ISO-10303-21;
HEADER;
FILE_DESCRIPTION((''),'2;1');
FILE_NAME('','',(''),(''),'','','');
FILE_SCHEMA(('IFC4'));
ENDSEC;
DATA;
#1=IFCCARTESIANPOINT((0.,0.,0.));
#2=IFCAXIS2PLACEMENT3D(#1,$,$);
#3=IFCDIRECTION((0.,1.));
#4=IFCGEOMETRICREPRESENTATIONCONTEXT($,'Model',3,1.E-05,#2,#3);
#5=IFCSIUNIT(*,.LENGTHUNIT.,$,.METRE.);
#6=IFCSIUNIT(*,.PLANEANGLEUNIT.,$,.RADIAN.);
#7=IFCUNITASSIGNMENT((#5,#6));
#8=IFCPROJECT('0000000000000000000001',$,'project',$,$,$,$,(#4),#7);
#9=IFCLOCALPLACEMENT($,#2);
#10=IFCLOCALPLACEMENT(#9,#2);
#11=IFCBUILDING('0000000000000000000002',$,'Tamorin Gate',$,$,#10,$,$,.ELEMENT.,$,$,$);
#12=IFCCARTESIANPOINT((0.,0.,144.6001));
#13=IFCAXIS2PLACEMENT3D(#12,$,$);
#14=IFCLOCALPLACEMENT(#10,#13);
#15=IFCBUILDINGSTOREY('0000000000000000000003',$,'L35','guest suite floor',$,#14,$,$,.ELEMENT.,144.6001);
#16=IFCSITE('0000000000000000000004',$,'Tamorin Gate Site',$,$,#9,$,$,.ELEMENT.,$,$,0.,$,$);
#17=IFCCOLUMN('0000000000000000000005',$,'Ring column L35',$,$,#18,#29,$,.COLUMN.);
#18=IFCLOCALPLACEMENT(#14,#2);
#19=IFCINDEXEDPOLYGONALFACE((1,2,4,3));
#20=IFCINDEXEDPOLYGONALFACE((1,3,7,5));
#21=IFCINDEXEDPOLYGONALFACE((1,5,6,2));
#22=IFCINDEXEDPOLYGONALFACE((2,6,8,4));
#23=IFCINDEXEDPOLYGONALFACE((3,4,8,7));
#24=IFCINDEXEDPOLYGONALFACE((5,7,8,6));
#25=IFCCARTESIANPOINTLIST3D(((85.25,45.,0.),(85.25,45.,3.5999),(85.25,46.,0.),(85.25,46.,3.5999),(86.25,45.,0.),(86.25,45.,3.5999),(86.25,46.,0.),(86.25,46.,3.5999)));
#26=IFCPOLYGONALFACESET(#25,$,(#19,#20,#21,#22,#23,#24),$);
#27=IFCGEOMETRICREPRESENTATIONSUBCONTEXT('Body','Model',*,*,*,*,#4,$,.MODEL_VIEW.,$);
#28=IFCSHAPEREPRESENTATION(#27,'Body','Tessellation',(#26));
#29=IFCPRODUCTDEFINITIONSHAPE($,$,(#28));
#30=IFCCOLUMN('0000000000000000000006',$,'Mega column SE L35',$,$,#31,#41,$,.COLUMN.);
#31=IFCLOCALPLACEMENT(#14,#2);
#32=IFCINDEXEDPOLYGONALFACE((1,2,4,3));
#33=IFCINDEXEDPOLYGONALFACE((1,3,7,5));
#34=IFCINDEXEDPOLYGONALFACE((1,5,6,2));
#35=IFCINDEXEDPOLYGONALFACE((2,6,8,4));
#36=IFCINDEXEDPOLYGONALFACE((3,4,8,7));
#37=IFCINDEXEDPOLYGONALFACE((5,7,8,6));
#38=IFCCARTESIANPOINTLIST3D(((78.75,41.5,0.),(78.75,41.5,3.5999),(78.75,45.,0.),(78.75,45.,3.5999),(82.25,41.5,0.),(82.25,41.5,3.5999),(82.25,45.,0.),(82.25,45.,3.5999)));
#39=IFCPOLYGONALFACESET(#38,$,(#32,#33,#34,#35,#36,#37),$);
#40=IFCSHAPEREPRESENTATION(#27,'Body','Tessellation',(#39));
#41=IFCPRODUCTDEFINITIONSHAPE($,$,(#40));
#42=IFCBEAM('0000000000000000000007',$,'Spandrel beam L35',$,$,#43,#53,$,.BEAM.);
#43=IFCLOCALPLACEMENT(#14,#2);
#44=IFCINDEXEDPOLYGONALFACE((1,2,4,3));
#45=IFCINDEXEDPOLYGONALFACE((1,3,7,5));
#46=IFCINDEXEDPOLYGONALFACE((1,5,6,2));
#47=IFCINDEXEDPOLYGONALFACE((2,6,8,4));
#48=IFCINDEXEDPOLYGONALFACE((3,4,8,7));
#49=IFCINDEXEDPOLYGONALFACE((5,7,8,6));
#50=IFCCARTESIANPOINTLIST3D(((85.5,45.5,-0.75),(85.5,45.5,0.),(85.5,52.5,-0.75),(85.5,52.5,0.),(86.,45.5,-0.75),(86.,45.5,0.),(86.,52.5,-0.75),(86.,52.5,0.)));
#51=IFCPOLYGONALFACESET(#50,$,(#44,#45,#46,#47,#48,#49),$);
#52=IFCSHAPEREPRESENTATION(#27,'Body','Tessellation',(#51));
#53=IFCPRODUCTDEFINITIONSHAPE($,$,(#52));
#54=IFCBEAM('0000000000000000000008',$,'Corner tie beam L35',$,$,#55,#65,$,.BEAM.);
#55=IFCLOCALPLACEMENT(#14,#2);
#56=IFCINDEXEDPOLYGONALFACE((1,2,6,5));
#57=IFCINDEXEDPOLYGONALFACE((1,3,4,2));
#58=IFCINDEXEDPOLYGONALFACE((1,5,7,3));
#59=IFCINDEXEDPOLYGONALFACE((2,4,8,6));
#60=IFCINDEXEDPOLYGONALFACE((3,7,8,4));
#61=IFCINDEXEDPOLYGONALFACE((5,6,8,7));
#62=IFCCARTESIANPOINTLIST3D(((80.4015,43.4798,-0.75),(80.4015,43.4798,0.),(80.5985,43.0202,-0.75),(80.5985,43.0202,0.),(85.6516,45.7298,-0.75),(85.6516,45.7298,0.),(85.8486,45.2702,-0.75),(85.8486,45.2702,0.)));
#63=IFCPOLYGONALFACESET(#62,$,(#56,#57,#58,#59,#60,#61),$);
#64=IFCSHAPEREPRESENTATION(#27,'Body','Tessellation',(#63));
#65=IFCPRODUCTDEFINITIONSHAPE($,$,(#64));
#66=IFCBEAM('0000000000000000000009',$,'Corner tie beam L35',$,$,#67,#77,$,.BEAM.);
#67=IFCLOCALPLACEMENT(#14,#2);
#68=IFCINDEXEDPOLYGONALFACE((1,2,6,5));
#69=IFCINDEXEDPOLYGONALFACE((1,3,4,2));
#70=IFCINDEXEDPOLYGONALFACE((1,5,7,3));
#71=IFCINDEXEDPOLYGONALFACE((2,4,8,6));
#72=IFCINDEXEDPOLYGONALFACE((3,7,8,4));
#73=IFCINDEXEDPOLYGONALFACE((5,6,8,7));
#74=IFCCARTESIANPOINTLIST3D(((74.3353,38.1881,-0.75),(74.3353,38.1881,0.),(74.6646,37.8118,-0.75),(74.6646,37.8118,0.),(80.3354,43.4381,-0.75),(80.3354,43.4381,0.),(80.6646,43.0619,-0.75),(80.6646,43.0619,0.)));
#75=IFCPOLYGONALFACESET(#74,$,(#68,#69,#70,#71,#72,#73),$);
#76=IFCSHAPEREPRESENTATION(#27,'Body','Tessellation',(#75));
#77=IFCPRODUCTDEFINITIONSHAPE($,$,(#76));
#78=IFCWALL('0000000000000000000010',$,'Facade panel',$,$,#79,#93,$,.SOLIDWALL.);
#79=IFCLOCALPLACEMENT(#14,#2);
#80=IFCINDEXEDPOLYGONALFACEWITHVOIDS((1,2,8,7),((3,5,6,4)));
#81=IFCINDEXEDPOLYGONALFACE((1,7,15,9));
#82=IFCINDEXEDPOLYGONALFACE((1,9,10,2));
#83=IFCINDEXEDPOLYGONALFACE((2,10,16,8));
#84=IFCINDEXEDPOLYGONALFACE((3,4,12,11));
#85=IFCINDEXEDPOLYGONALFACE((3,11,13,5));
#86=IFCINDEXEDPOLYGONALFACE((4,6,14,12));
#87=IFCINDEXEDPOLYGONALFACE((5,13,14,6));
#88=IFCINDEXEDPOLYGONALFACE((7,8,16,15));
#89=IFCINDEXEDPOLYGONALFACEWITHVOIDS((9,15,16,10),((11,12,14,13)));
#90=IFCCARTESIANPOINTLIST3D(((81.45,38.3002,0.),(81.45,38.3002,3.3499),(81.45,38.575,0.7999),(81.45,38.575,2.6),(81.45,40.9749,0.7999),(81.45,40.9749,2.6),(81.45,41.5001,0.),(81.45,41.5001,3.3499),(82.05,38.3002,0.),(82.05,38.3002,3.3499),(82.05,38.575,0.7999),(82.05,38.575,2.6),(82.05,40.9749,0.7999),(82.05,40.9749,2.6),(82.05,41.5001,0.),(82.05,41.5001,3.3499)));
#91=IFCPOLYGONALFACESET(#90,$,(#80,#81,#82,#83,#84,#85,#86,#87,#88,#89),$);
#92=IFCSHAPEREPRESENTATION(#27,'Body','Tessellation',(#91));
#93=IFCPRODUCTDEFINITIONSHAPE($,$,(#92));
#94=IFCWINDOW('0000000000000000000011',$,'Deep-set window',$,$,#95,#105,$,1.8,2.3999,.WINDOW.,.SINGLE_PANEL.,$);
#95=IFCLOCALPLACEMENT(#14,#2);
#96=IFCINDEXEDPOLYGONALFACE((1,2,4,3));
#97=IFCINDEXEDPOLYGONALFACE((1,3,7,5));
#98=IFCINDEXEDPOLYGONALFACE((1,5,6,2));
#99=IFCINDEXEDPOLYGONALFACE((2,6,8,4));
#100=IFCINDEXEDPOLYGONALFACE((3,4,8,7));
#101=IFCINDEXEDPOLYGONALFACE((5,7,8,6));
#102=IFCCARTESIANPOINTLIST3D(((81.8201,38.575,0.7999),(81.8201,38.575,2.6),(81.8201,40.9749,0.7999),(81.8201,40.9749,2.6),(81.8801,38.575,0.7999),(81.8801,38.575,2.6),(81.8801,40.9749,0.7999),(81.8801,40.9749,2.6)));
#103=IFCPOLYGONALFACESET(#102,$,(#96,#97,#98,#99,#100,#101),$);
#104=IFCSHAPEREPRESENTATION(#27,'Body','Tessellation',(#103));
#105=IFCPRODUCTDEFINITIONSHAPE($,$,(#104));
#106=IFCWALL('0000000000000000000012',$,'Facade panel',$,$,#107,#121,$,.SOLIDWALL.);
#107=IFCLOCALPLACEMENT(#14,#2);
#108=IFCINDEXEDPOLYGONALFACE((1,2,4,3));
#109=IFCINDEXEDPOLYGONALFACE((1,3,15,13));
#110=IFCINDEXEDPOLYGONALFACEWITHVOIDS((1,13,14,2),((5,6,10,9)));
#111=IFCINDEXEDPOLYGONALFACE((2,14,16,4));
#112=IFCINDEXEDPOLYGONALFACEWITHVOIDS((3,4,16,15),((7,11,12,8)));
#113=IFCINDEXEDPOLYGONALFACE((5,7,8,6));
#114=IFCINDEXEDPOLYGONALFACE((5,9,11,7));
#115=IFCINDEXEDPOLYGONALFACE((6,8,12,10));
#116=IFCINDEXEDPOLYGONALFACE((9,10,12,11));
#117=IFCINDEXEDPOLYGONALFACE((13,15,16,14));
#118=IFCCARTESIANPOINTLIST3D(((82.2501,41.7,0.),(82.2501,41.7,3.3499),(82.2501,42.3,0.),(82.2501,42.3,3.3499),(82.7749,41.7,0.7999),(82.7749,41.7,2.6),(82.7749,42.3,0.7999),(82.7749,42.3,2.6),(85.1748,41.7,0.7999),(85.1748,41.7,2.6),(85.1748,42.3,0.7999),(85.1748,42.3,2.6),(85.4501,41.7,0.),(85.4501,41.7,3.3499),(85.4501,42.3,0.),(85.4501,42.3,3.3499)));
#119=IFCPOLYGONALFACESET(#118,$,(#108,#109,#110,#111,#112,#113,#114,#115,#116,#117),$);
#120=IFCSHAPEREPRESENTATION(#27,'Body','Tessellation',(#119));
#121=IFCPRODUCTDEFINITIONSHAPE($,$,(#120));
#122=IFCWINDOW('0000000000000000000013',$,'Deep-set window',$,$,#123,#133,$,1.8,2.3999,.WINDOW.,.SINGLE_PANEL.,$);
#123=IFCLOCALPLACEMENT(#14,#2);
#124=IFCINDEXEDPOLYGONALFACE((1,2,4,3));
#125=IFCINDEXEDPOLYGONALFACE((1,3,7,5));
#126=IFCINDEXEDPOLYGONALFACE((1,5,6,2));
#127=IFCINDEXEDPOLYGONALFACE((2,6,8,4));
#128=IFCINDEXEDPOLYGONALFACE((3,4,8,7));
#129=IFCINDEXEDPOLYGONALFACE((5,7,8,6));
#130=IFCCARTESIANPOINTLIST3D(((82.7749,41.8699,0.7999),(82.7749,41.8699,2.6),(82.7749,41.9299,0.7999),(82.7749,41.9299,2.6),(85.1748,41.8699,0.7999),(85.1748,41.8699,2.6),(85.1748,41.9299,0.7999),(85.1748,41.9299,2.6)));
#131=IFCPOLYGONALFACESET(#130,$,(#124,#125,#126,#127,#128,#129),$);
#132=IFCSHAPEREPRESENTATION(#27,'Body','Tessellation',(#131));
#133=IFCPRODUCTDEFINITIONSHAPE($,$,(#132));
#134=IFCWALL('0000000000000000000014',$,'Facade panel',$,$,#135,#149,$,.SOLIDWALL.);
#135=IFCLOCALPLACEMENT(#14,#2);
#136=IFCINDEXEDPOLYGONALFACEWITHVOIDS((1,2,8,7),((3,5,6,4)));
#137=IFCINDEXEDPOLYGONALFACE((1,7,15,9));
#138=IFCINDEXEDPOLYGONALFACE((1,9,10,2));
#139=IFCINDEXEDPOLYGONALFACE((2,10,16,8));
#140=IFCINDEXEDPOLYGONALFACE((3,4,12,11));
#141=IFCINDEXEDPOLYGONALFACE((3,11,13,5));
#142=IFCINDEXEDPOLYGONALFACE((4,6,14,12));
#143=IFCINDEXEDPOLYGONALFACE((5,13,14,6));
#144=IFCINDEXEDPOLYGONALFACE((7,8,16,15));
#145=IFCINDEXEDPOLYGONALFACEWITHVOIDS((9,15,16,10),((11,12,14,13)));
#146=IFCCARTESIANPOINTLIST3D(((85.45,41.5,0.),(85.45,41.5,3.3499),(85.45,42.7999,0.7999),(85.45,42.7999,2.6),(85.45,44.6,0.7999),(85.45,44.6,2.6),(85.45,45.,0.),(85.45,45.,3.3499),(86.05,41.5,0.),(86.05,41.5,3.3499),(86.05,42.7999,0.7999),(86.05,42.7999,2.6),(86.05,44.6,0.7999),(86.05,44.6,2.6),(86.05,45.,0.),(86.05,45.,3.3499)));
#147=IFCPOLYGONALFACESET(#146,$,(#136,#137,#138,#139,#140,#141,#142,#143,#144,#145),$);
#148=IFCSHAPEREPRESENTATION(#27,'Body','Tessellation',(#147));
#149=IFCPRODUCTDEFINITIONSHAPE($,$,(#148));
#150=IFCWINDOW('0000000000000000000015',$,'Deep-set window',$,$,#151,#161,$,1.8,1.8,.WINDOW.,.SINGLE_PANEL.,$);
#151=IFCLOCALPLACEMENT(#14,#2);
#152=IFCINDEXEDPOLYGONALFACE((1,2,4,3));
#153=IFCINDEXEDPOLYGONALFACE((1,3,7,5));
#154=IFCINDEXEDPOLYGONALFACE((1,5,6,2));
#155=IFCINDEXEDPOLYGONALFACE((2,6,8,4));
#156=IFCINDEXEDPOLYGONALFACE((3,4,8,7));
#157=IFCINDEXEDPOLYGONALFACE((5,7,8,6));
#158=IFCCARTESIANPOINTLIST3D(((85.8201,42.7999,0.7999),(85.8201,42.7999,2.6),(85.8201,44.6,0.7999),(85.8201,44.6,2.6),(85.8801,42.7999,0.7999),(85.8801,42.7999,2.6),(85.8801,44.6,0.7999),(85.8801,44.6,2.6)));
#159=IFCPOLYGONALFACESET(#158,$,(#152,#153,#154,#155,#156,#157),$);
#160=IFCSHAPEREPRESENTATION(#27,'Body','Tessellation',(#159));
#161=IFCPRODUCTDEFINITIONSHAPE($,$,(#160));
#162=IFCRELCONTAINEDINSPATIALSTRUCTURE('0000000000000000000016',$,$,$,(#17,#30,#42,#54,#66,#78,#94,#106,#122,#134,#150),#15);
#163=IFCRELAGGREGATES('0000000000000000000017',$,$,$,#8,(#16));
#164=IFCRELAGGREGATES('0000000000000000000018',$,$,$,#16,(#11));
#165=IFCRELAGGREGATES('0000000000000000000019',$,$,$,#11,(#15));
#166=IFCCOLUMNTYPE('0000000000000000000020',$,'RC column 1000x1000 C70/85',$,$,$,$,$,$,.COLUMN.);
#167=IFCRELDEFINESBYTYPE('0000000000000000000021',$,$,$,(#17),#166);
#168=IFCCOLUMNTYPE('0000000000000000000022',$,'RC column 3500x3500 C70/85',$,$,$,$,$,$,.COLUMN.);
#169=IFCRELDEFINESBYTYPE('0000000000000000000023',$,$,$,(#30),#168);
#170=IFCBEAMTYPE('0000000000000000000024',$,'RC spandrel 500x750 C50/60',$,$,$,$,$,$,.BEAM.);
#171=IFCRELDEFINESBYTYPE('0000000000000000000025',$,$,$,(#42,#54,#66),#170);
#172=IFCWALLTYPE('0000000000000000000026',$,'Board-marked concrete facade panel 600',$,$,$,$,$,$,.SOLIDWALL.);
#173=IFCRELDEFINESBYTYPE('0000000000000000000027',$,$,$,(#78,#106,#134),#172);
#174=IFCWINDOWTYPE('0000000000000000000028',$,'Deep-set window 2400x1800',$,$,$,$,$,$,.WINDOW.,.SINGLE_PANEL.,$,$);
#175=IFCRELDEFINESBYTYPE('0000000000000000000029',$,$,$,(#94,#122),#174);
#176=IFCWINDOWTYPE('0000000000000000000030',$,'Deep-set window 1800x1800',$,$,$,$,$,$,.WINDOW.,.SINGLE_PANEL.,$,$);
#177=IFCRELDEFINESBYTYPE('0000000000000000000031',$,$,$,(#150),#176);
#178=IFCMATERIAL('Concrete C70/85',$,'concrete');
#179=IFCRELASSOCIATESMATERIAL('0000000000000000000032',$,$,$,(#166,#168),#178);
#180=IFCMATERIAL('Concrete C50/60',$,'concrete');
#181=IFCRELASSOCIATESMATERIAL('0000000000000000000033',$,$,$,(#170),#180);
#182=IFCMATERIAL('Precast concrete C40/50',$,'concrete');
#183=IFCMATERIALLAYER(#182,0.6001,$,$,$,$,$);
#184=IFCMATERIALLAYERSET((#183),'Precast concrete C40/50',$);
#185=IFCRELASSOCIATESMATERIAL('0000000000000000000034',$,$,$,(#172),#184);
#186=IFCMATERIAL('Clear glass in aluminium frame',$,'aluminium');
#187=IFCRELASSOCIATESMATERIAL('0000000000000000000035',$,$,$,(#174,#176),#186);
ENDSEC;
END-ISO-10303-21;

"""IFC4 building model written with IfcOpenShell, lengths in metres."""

from ifc_helpers import new_model, si_unit, direction, frame, frame_2d, origin, origin_2d, place, context, subcontext, project, spatial, rectangle, extrude, material, layer, layer_set, material_profile, profile_set, type_object, element, fill, save


model = new_model("IFC4")

# Units and contexts
model_context = context("Model", 3, precision=1e-05, world=origin(), true_north=direction((0.0, 1.0)))
body_context = subcontext(model_context, "Body", "Model", "MODEL_VIEW")
ifc_project = project(units=[si_unit("LENGTHUNIT", "METRE"), si_unit("PLANEANGLEUNIT", "RADIAN")], contexts=[model_context])

# Site, building, storey
site_placement = place(None, origin())
site = spatial("IfcSite", under=ifc_project, at=site_placement, Name="Tamorin Gate Site", CompositionType="ELEMENT", RefElevation=0.0)
building_placement = place(site_placement, origin())
building = spatial("IfcBuilding", under=site, at=building_placement, Name="Tamorin Gate", CompositionType="ELEMENT")
storey_placement = place(building_placement, frame((0.0, 0.0, 144.6001)))
storey = spatial("IfcBuildingStorey", under=building, at=storey_placement, Name="L35", Description="guest suite floor", CompositionType="ELEMENT", Elevation=144.6001)

# Columns
ifc_material_1 = material(Name="Concrete C70/85", Category="concrete")
ifc_material_profile_1 = material_profile(ifc_material_1, rectangle(XDim=1.0, YDim=1.0, at=origin_2d()), Name="RC 1000x1000")
ifc_profile_set_1 = profile_set([ifc_material_profile_1], Name="Concrete C70/85")
column_type_1 = type_object("IfcColumnType", Name="RC column 1000x1000 C70/85", PredefinedType="COLUMN", material=ifc_profile_set_1)
column_1_placement = place(storey_placement, frame((85.75, 45.5, 0.0), z_axis=(0.0, 0.0, 1.0), x_axis=(1.0, 0.0, 0.0)))
element("IfcColumn", 1, at=column_1_placement, inside=storey, type_object=column_type_1, Name="Ring column L35", PredefinedType="COLUMN", context=body_context, shape_type="SweptSolid", body=[
    extrude(rectangle(XDim=1.0, YDim=1.0, at=origin_2d()), origin(), (0.0, 0.0, 1.0), 3.5999),
])
ifc_material_profile_2 = material_profile(ifc_material_1, rectangle(XDim=3.5, YDim=3.5, at=origin_2d()), Name="RC 3500x3500")
ifc_profile_set_2 = profile_set([ifc_material_profile_2], Name="Concrete C70/85")
column_type_2 = type_object("IfcColumnType", Name="RC column 3500x3500 C70/85", PredefinedType="COLUMN", material=ifc_profile_set_2)
column_2_placement = place(storey_placement, frame((80.5, 43.25, 0.0), z_axis=(0.0, 0.0, 1.0), x_axis=(1.0, 0.0, 0.0)))
element("IfcColumn", 2, at=column_2_placement, inside=storey, type_object=column_type_2, Name="Mega column SE L35", PredefinedType="COLUMN", context=body_context, shape_type="SweptSolid", body=[
    extrude(rectangle(XDim=3.5, YDim=3.5, at=origin_2d()), origin(), (0.0, 0.0, 1.0), 3.5999),
])

# Beams
ifc_material_2 = material(Name="Concrete C50/60", Category="concrete")
ifc_material_profile_3 = material_profile(ifc_material_2, rectangle(XDim=0.5, YDim=0.75, at=origin_2d()), Name="RC 500x750")
ifc_profile_set_3 = profile_set([ifc_material_profile_3], Name="Concrete C50/60")
beam_type = type_object("IfcBeamType", Name="RC spandrel 500x750 C50/60", PredefinedType="BEAM", material=ifc_profile_set_3)
beam_1_placement = place(storey_placement, frame((85.75, 45.5, -0.375), z_axis=(0.0, 1.0, 0.0), x_axis=(-1.0, 0.0, 0.0)))
element("IfcBeam", 3, at=beam_1_placement, inside=storey, type_object=beam_type, Name="Spandrel beam L35", PredefinedType="BEAM", context=body_context, shape_type="SweptSolid", body=[
    extrude(rectangle(XDim=0.5, YDim=0.75, at=origin_2d()), origin(), (0.0, 0.0, 1.0), 7.0),
])
beam_2_placement = place(storey_placement, frame((80.5, 43.25, -0.375), z_axis=(0.919145, 0.393919, 0.0), x_axis=(-0.393919, 0.919145, 0.0)))
element("IfcBeam", 4, at=beam_2_placement, inside=storey, type_object=beam_type, Name="Corner tie beam L35", PredefinedType="BEAM", context=body_context, shape_type="SweptSolid", body=[
    extrude(rectangle(XDim=0.5, YDim=0.75, at=origin_2d()), origin(), (0.0, 0.0, 1.0), 5.7119),
])
beam_3_placement = place(storey_placement, frame((80.5, 43.25, -0.375), z_axis=(-0.752577, -0.658505, 0.0), x_axis=(0.658505, -0.752577, 0.0)))
element("IfcBeam", 5, at=beam_3_placement, inside=storey, type_object=beam_type, Name="Corner tie beam L35", PredefinedType="BEAM", context=body_context, shape_type="SweptSolid", body=[
    extrude(rectangle(XDim=0.5, YDim=0.75, at=origin_2d()), origin(), (0.0, 0.0, 1.0), 7.9727),
])

# Walls, openings, windows
ifc_material_3 = material(Name="Precast concrete C40/50", Category="concrete")
ifc_layer_1 = layer(ifc_material_3, 0.6001)
ifc_layer_set_1 = layer_set([ifc_layer_1], Name="Precast concrete C40/50")
wall_type_1 = type_object("IfcWallType", Name="Board-marked concrete facade panel 600", PredefinedType="SOLIDWALL", material=ifc_layer_set_1)
wall_1_placement = place(storey_placement, frame((81.75, 38.3, 0.0), z_axis=(0.0, 0.0, 1.0), x_axis=(0.0, 1.0, 0.0)))
wall_1 = element("IfcWall", 6, at=wall_1_placement, inside=storey, type_object=wall_type_1, Name="Facade panel", PredefinedType="SOLIDWALL", context=body_context, shape_type="SweptSolid", body=[
    extrude(rectangle(XDim=3.2, YDim=0.6001, at=frame_2d((1.6001, 0.0))), origin(), (0.0, 0.0, 1.0), 3.3499),
])
opening_1_placement = place(wall_1_placement, frame((0.2749, 0.0, 0.8)))
opening_1 = element("IfcOpeningElement", 7, at=opening_1_placement, cuts=wall_1, PredefinedType="OPENING", context=body_context, shape_type="SweptSolid", body=[
    extrude(rectangle(XDim=2.3999, YDim=1.8, at=frame_2d((1.2, 0.8999))), frame((0.0, 0.3101, 0.0), z_axis=(0.0, -1.0, 0.0), x_axis=(1.0, 0.0, 0.0)), (0.0, 0.0, 1.0), 0.6201),
])
ifc_material_4 = material(Name="Clear glass in aluminium frame", Category="aluminium")
window_type_1 = type_object("IfcWindowType", Name="Deep-set window 2400x1800", PartitioningType="SINGLE_PANEL", PredefinedType="WINDOW", material=ifc_material_4)
window_1_placement = place(opening_1_placement, origin())
window_1 = element("IfcWindow", 8, at=window_1_placement, inside=storey, type_object=window_type_1, Name="Deep-set window", OverallHeight=1.8, OverallWidth=2.3999, PartitioningType="SINGLE_PANEL", PredefinedType="WINDOW", context=body_context, shape_type="SweptSolid", body=[
    extrude(rectangle(XDim=2.3999, YDim=1.8, at=frame_2d((1.2, 0.8999))), frame((0.0, -0.0701, 0.0), z_axis=(0.0, -1.0, 0.0), x_axis=(1.0, 0.0, 0.0)), (0.0, 0.0, 1.0), 0.0601),
])
fill(opening_1, window_1)
wall_2_placement = place(storey_placement, frame((82.25, 42.0, 0.0), z_axis=(0.0, 0.0, 1.0), x_axis=(1.0, 0.0, 0.0)))
wall_2 = element("IfcWall", 9, at=wall_2_placement, inside=storey, type_object=wall_type_1, Name="Facade panel", PredefinedType="SOLIDWALL", context=body_context, shape_type="SweptSolid", body=[
    extrude(rectangle(XDim=3.2, YDim=0.6001, at=frame_2d((1.6001, 0.0))), origin(), (0.0, 0.0, 1.0), 3.3499),
])
opening_2_placement = place(wall_2_placement, frame((0.5249, 0.0, 0.8)))
opening_2 = element("IfcOpeningElement", 10, at=opening_2_placement, cuts=wall_2, PredefinedType="OPENING", context=body_context, shape_type="SweptSolid", body=[
    extrude(rectangle(XDim=2.3999, YDim=1.8, at=frame_2d((1.2, 0.8999))), frame((0.0, 0.3101, 0.0), z_axis=(0.0, -1.0, 0.0), x_axis=(1.0, 0.0, 0.0)), (0.0, 0.0, 1.0), 0.6201),
])
window_2_placement = place(opening_2_placement, origin())
window_2 = element("IfcWindow", 11, at=window_2_placement, inside=storey, type_object=window_type_1, Name="Deep-set window", OverallHeight=1.8, OverallWidth=2.3999, PartitioningType="SINGLE_PANEL", PredefinedType="WINDOW", context=body_context, shape_type="SweptSolid", body=[
    extrude(rectangle(XDim=2.3999, YDim=1.8, at=frame_2d((1.2, 0.8999))), frame((0.0, -0.0701, 0.0), z_axis=(0.0, -1.0, 0.0), x_axis=(1.0, 0.0, 0.0)), (0.0, 0.0, 1.0), 0.0601),
])
fill(opening_2, window_2)
wall_3_placement = place(storey_placement, frame((85.75, 41.5, 0.0), z_axis=(0.0, 0.0, 1.0), x_axis=(0.0, 1.0, 0.0)))
wall_3 = element("IfcWall", 12, at=wall_3_placement, inside=storey, type_object=wall_type_1, Name="Facade panel", PredefinedType="SOLIDWALL", context=body_context, shape_type="SweptSolid", body=[
    extrude(rectangle(XDim=3.5, YDim=0.6001, at=frame_2d((1.75, 0.0))), origin(), (0.0, 0.0, 1.0), 3.3499),
])
opening_3_placement = place(wall_3_placement, frame((1.3, 0.0, 0.8)))
opening_3 = element("IfcOpeningElement", 13, at=opening_3_placement, cuts=wall_3, PredefinedType="OPENING", context=body_context, shape_type="SweptSolid", body=[
    extrude(rectangle(XDim=1.8, YDim=1.8, at=frame_2d((0.8999, 0.8999))), frame((0.0, 0.3101, 0.0), z_axis=(0.0, -1.0, 0.0), x_axis=(1.0, 0.0, 0.0)), (0.0, 0.0, 1.0), 0.6201),
])
window_type_2 = type_object("IfcWindowType", Name="Deep-set window 1800x1800", PartitioningType="SINGLE_PANEL", PredefinedType="WINDOW", material=ifc_material_4)
window_3_placement = place(opening_3_placement, origin())
window_3 = element("IfcWindow", 14, at=window_3_placement, inside=storey, type_object=window_type_2, Name="Deep-set window", OverallHeight=1.8, OverallWidth=1.8, PartitioningType="SINGLE_PANEL", PredefinedType="WINDOW", context=body_context, shape_type="SweptSolid", body=[
    extrude(rectangle(XDim=1.8, YDim=1.8, at=frame_2d((0.8999, 0.8999))), frame((0.0, -0.0701, 0.0), z_axis=(0.0, -1.0, 0.0), x_axis=(1.0, 0.0, 0.0)), (0.0, 0.0, 1.0), 0.0601),
])
fill(opening_3, window_3)

save(model, "model.ifc")
